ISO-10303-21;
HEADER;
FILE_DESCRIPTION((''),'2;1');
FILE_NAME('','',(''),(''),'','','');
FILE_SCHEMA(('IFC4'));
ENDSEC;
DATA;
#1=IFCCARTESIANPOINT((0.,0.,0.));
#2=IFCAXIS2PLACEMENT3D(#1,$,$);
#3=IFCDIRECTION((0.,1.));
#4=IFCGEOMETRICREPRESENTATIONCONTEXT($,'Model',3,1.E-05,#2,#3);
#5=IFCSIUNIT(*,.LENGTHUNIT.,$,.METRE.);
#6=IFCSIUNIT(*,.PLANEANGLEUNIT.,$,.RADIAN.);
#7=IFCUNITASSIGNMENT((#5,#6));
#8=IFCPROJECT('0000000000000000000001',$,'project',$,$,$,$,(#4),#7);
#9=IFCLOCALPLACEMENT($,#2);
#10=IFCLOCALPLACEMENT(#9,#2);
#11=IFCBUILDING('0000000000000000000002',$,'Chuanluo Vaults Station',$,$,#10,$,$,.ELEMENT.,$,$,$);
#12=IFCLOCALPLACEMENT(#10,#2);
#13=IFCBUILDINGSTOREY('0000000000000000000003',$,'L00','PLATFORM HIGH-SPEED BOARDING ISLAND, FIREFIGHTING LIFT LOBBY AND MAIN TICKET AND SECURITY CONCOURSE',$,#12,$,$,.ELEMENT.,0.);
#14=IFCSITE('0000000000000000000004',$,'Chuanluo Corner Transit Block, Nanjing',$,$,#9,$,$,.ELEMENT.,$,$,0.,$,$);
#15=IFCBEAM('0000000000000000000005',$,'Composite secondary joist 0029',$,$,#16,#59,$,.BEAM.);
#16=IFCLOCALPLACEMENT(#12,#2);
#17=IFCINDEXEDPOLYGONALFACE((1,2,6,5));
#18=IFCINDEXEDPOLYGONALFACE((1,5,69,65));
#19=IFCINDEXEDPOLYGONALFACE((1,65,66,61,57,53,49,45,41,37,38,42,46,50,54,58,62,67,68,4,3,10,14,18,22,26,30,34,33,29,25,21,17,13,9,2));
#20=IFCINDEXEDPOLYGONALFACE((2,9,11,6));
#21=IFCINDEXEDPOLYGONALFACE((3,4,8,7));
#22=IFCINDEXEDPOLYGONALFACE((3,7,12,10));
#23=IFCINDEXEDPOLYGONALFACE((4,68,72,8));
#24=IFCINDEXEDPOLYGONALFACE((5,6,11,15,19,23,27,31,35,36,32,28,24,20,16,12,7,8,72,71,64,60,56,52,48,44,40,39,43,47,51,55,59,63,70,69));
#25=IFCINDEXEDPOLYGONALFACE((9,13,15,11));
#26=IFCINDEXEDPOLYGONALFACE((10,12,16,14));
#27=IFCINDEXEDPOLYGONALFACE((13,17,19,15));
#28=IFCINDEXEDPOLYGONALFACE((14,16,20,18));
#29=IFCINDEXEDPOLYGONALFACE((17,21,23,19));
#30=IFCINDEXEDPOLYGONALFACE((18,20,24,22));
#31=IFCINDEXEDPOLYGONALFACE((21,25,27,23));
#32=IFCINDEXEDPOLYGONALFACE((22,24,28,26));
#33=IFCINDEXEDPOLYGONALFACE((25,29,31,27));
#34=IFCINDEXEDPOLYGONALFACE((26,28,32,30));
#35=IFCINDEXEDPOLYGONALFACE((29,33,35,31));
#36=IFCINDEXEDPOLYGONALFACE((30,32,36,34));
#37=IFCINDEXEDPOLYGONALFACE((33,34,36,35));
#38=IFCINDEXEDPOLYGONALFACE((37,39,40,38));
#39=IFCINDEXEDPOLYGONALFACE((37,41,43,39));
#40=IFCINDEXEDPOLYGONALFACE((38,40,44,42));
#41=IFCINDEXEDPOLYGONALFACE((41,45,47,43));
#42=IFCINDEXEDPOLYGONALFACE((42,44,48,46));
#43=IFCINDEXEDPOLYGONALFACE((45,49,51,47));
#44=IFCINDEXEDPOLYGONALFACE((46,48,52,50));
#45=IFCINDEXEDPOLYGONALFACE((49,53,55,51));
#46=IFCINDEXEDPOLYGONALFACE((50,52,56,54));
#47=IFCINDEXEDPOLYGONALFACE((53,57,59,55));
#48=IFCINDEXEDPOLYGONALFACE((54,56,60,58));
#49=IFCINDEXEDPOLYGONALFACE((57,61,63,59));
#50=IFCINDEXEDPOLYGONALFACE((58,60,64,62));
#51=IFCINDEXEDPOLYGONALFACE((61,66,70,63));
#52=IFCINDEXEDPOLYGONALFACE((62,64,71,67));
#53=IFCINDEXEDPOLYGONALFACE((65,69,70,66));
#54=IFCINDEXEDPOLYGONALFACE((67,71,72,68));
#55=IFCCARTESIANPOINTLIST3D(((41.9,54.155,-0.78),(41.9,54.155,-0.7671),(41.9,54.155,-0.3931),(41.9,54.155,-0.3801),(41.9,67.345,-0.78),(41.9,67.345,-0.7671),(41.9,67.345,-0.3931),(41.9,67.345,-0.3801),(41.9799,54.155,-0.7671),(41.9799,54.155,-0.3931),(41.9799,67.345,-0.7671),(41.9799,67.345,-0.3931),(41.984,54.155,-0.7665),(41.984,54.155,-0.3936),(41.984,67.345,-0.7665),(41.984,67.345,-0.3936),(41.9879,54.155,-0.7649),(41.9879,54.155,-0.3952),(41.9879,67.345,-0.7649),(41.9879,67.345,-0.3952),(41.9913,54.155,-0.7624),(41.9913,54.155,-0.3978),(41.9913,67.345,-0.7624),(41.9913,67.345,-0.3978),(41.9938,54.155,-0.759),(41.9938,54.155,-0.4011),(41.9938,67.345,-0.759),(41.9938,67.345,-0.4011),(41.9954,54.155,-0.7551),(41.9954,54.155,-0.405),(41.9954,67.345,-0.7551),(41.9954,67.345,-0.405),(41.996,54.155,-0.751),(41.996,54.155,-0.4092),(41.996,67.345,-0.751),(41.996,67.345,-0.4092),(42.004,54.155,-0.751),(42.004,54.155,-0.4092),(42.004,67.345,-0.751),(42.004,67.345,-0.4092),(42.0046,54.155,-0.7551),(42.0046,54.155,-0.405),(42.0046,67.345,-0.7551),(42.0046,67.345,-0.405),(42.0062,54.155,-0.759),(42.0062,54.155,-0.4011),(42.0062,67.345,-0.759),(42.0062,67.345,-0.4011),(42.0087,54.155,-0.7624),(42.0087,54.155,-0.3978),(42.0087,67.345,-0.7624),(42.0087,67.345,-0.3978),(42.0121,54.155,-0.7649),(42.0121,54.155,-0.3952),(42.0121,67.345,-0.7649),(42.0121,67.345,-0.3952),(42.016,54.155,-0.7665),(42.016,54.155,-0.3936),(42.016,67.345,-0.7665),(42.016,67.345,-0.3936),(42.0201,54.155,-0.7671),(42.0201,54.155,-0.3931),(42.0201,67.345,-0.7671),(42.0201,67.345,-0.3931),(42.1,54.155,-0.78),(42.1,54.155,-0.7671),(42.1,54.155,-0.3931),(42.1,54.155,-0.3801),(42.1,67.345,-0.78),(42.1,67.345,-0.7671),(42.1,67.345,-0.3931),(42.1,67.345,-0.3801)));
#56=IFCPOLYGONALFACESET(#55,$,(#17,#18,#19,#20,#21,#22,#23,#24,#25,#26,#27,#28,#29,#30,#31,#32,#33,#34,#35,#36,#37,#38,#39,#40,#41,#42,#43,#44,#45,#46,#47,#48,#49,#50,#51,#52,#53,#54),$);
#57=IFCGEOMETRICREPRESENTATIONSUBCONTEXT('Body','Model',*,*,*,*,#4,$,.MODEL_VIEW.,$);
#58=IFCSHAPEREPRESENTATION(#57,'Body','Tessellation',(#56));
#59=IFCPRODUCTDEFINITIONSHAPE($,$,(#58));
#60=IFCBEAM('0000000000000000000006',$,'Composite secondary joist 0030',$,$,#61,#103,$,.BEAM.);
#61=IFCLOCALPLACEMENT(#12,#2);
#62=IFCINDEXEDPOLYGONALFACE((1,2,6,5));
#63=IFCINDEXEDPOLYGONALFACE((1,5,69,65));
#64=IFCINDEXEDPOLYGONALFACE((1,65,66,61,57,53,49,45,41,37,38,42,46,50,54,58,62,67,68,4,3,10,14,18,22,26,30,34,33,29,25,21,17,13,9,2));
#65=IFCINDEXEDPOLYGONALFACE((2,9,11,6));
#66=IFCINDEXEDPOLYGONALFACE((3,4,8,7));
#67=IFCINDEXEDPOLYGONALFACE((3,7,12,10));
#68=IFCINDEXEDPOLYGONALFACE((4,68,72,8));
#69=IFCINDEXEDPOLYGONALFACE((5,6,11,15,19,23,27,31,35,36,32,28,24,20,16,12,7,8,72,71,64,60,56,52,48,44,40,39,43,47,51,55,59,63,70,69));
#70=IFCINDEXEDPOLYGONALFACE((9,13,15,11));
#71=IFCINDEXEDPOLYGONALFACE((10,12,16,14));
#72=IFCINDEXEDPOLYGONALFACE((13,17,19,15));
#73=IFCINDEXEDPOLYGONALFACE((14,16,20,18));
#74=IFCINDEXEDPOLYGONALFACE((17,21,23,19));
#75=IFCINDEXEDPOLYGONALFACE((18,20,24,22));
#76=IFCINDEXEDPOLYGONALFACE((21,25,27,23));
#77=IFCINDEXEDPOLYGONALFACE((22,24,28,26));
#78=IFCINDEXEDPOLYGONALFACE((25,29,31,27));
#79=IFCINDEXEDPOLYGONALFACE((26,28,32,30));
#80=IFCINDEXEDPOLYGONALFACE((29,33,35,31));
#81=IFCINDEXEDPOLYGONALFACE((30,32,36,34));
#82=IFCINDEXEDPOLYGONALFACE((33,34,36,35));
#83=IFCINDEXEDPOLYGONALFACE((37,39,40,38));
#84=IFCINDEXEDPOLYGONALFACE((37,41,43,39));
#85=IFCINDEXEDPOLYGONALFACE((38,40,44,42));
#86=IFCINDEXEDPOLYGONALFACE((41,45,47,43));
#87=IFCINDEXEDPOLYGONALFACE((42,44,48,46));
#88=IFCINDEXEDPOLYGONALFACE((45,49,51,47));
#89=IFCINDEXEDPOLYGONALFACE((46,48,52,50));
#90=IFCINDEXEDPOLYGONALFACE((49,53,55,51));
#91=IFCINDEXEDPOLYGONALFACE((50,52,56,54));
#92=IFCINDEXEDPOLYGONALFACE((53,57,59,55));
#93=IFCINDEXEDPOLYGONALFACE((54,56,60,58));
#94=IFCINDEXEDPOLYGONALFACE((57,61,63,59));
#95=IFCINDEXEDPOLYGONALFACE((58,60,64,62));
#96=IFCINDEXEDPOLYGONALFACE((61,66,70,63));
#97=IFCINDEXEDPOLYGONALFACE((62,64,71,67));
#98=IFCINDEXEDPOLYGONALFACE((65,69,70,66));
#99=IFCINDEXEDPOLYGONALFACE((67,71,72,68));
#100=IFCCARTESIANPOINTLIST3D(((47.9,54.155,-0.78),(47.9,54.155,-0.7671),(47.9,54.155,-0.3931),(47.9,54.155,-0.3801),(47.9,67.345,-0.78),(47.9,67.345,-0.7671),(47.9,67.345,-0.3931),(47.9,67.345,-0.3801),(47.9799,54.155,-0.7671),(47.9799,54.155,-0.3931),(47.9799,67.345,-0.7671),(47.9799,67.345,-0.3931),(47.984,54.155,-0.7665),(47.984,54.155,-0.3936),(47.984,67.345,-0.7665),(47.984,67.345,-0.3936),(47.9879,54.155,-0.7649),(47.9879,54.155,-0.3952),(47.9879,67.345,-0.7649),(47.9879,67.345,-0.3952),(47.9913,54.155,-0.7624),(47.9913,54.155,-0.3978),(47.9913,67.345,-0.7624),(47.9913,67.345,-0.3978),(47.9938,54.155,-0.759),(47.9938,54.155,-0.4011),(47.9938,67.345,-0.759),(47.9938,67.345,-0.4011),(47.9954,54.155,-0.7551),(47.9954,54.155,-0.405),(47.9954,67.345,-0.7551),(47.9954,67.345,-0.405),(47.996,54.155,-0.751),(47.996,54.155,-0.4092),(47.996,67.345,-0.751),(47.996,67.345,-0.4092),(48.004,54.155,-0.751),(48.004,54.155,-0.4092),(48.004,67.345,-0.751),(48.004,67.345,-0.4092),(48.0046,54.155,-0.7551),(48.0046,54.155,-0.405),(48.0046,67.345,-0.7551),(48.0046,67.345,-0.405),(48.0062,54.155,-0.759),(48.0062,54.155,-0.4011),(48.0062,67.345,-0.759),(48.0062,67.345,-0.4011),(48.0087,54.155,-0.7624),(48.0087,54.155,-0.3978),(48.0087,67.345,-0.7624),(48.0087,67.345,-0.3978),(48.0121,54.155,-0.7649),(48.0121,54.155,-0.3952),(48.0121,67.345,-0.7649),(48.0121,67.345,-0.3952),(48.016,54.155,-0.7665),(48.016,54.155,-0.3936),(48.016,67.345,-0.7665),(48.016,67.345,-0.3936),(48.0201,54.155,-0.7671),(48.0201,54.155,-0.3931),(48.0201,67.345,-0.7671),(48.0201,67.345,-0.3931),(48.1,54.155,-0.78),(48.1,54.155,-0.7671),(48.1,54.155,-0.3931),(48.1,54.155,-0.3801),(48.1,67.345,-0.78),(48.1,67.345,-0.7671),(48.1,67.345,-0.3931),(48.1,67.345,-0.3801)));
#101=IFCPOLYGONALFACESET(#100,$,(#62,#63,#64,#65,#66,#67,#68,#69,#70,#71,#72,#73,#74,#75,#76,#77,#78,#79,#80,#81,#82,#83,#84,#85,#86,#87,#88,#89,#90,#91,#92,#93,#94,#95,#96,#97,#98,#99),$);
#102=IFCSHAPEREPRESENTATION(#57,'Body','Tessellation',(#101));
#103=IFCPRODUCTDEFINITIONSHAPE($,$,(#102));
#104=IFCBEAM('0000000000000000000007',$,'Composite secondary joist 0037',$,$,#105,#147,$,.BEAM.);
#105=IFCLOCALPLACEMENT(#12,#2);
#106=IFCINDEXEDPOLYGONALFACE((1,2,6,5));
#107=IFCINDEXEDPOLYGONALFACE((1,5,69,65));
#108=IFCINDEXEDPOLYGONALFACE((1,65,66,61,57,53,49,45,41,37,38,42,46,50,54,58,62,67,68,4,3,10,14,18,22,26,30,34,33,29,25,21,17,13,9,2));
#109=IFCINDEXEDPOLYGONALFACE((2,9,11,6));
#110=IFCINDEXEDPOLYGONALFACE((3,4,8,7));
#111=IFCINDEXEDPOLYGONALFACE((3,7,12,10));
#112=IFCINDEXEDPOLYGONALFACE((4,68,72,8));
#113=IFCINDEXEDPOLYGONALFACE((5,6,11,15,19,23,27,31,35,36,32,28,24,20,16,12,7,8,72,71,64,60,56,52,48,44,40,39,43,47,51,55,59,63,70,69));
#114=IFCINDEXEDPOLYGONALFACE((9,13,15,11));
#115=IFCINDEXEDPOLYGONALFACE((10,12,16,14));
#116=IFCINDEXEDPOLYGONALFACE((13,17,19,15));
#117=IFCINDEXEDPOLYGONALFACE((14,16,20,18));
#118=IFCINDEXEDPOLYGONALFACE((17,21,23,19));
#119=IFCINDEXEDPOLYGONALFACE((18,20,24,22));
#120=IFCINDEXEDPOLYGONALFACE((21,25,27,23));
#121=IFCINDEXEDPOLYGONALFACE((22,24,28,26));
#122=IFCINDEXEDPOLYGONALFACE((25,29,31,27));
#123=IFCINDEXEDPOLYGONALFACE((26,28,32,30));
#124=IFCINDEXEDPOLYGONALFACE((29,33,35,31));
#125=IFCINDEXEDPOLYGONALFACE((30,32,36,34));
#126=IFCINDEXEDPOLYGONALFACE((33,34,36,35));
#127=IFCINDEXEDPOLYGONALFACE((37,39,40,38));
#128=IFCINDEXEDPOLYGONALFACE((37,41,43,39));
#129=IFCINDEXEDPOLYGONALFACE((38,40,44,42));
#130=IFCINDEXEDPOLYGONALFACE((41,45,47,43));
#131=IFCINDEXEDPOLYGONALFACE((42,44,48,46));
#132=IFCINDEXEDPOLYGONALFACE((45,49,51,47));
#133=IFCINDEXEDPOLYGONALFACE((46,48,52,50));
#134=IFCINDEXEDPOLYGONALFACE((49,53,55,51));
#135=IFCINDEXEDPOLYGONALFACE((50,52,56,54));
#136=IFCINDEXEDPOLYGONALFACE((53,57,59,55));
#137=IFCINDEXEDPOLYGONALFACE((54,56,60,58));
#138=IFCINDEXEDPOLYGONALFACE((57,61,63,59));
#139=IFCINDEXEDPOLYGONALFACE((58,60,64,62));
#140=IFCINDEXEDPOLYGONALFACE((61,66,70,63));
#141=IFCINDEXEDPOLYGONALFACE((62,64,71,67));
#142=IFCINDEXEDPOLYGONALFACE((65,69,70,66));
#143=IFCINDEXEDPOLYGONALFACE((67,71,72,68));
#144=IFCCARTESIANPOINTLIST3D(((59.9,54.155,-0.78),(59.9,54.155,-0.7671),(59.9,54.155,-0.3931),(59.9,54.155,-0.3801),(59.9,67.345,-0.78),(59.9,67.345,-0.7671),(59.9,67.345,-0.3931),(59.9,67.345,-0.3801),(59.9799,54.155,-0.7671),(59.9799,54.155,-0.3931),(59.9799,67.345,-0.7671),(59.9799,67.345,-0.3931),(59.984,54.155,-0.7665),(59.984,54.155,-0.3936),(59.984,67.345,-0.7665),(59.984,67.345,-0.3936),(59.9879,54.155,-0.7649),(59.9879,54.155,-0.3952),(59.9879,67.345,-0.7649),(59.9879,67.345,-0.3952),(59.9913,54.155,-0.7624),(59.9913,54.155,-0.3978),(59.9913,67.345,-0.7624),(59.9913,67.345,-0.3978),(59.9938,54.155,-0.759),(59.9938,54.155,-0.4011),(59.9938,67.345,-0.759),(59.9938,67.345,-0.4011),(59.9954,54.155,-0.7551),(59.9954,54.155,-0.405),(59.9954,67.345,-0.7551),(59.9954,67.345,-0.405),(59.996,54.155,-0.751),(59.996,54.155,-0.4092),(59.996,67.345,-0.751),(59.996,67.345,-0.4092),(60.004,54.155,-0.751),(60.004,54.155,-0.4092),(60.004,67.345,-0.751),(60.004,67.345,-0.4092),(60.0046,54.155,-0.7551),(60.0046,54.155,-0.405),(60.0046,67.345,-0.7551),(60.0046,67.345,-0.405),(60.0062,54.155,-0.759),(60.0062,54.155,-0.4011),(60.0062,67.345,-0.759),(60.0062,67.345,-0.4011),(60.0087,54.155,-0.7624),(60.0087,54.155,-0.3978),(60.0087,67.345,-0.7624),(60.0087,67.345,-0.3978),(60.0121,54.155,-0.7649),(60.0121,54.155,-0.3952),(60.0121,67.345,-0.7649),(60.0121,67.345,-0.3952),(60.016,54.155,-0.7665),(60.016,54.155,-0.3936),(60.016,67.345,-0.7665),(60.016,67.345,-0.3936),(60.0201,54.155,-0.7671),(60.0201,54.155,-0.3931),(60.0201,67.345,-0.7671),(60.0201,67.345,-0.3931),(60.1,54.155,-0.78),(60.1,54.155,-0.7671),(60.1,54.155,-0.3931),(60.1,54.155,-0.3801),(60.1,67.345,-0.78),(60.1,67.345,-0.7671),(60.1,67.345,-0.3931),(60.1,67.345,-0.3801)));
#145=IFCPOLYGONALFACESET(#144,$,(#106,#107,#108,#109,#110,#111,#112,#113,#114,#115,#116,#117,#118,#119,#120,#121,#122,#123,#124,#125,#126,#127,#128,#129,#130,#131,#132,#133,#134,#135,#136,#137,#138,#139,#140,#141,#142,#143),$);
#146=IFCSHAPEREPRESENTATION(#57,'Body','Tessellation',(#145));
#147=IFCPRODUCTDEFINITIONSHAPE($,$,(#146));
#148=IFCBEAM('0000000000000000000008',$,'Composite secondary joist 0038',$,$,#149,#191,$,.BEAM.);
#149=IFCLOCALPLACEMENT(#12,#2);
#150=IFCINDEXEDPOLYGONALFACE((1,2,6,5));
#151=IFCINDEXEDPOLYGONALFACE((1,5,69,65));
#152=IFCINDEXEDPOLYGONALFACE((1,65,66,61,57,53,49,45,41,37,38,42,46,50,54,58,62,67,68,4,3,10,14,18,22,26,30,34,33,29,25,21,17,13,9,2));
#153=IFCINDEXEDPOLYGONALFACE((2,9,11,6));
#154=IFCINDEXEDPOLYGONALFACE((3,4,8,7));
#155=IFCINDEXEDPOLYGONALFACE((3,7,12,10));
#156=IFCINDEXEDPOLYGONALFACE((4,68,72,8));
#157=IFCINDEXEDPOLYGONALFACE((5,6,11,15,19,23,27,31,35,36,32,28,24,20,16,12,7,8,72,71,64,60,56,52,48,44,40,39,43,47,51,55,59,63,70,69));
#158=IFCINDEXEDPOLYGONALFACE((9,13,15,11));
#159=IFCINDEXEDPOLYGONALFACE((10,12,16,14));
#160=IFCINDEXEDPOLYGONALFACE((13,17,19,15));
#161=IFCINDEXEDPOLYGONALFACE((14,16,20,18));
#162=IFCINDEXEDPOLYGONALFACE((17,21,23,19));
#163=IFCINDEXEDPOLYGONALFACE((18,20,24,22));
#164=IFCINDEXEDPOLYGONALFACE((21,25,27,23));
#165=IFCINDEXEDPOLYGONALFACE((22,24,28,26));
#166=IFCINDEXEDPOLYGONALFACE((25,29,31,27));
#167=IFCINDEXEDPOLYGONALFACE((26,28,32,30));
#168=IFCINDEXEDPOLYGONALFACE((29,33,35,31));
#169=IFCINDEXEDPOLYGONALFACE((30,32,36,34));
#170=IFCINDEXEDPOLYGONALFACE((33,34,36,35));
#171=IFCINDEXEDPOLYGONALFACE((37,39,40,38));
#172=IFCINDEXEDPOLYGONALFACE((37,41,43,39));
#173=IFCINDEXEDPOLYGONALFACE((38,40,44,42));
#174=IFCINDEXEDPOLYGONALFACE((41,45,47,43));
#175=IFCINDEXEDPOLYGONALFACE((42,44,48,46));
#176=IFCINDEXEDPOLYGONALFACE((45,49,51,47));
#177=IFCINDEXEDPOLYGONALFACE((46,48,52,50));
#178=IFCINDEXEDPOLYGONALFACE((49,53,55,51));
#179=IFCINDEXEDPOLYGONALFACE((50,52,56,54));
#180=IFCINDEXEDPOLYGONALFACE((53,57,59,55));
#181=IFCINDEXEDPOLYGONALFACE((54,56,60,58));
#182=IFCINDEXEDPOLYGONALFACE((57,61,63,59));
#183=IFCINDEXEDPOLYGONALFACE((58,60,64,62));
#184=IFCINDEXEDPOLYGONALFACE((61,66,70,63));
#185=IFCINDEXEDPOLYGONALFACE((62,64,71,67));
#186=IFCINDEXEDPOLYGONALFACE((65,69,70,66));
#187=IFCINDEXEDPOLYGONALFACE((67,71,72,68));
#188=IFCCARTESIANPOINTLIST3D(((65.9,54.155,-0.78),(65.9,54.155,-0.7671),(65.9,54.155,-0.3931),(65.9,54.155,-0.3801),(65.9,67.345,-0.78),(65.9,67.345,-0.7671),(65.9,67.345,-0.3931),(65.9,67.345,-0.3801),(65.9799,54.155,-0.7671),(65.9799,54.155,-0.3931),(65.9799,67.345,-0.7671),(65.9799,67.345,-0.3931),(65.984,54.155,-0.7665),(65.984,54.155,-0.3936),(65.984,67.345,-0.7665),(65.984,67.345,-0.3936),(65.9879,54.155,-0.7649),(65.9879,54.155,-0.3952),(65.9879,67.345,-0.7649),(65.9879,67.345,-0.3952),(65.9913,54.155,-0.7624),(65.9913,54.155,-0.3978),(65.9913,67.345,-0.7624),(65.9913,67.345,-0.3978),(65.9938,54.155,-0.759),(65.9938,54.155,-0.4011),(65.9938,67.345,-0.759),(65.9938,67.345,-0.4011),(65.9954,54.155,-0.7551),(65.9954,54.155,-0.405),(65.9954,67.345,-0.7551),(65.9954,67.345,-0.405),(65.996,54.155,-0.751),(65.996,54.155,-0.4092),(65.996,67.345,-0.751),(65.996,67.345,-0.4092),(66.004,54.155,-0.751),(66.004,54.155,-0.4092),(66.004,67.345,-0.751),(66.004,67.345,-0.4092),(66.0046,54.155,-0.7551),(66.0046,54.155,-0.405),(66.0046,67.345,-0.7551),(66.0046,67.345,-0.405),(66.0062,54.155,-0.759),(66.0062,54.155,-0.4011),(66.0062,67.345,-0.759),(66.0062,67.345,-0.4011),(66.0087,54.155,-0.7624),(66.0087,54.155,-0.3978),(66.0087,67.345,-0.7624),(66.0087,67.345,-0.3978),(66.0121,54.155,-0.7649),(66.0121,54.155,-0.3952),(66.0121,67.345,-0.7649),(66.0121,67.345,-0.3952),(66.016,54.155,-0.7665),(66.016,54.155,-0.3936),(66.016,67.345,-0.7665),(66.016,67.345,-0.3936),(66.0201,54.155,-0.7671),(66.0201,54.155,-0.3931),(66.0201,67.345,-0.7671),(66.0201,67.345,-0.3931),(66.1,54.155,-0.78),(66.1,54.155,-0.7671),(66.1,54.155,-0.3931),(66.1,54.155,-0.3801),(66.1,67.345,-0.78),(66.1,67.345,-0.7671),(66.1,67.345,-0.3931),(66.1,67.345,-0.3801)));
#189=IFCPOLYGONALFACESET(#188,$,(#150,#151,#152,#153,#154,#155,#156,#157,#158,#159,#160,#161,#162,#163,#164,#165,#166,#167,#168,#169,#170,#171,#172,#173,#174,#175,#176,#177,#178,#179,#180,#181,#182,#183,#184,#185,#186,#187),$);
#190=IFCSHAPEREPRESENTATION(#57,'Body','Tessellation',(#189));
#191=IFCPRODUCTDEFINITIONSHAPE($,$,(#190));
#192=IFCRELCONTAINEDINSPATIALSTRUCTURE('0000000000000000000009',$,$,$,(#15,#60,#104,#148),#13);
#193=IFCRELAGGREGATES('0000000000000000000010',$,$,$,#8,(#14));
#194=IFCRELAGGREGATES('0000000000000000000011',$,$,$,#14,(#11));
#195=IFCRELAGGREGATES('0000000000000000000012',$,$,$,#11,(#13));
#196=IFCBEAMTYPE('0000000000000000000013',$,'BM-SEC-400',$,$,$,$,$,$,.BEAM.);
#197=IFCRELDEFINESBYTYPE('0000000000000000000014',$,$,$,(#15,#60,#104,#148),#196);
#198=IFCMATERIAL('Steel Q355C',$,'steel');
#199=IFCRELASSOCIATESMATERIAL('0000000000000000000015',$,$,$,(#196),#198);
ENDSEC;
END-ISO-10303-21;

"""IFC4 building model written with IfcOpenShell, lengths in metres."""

from ifc_helpers import new_model, si_unit, direction, frame, origin, origin_2d, place, context, subcontext, project, spatial, i_section, extrude, material, material_profile, profile_set, type_object, element, save


model = new_model("IFC4")

# Units and contexts
model_context = context("Model", 3, precision=1e-05, world=origin(), true_north=direction((0.0, 1.0)))
body_context = subcontext(model_context, "Body", "Model", "MODEL_VIEW")
ifc_project = project(units=[si_unit("LENGTHUNIT", "METRE"), si_unit("PLANEANGLEUNIT", "RADIAN")], contexts=[model_context])

# Site, building, storey
site_placement = place(None, origin())
site = spatial("IfcSite", under=ifc_project, at=site_placement, Name="Chuanluo Corner Transit Block, Nanjing", CompositionType="ELEMENT", RefElevation=0.0)
building_placement = place(site_placement, origin())
building = spatial("IfcBuilding", under=site, at=building_placement, Name="Chuanluo Vaults Station", CompositionType="ELEMENT")
storey_placement = place(building_placement, origin())
storey = spatial("IfcBuildingStorey", under=building, at=storey_placement, Name="L00", Description="PLATFORM HIGH-SPEED BOARDING ISLAND, FIREFIGHTING LIFT LOBBY AND MAIN TICKET AND SECURITY CONCOURSE", CompositionType="ELEMENT", Elevation=0.0)

# Beams
ifc_material_1 = material(Name="Steel Q355C", Category="steel")
ifc_material_profile_1 = material_profile(ifc_material_1, i_section(OverallWidth=0.2, OverallDepth=0.3999, WebThickness=0.0081, FlangeThickness=0.0129, FilletRadius=0.0161, at=origin_2d()))
ifc_profile_set_1 = profile_set([ifc_material_profile_1], Name="Steel Q355C")
beam_type_1 = type_object("IfcBeamType", Name="BM-SEC-400", PredefinedType="BEAM", material=ifc_profile_set_1)
for number, where, z_axis, x_axis, name in (
    (1, (42.0, 54.155, -0.5801), (0.0, 1.0, 0.0), (-1.0, 0.0, 0.0), "Composite secondary joist 0029"),
    (2, (48.0, 54.155, -0.5801), (0.0, 1.0, 0.0), (-1.0, 0.0, 0.0), "Composite secondary joist 0030"),
    (3, (60.0, 54.155, -0.5801), (0.0, 1.0, 0.0), (-1.0, 0.0, 0.0), "Composite secondary joist 0037"),
    (4, (66.0, 54.155, -0.5801), (0.0, 1.0, 0.0), (-1.0, 0.0, 0.0), "Composite secondary joist 0038"),
):
    element("IfcBeam", number, at=place(storey_placement, frame(where, z_axis=z_axis, x_axis=x_axis)), inside=storey, type_object=beam_type_1, Name=name, PredefinedType="BEAM", context=body_context, shape_type="SweptSolid", body=[
        extrude(i_section(OverallWidth=0.2, OverallDepth=0.3999, WebThickness=0.0081, FlangeThickness=0.0129, FilletRadius=0.0161, at=origin_2d()), origin(), (0.0, 0.0, 1.0), 13.1899),
    ])

save(model, "model.ifc")
